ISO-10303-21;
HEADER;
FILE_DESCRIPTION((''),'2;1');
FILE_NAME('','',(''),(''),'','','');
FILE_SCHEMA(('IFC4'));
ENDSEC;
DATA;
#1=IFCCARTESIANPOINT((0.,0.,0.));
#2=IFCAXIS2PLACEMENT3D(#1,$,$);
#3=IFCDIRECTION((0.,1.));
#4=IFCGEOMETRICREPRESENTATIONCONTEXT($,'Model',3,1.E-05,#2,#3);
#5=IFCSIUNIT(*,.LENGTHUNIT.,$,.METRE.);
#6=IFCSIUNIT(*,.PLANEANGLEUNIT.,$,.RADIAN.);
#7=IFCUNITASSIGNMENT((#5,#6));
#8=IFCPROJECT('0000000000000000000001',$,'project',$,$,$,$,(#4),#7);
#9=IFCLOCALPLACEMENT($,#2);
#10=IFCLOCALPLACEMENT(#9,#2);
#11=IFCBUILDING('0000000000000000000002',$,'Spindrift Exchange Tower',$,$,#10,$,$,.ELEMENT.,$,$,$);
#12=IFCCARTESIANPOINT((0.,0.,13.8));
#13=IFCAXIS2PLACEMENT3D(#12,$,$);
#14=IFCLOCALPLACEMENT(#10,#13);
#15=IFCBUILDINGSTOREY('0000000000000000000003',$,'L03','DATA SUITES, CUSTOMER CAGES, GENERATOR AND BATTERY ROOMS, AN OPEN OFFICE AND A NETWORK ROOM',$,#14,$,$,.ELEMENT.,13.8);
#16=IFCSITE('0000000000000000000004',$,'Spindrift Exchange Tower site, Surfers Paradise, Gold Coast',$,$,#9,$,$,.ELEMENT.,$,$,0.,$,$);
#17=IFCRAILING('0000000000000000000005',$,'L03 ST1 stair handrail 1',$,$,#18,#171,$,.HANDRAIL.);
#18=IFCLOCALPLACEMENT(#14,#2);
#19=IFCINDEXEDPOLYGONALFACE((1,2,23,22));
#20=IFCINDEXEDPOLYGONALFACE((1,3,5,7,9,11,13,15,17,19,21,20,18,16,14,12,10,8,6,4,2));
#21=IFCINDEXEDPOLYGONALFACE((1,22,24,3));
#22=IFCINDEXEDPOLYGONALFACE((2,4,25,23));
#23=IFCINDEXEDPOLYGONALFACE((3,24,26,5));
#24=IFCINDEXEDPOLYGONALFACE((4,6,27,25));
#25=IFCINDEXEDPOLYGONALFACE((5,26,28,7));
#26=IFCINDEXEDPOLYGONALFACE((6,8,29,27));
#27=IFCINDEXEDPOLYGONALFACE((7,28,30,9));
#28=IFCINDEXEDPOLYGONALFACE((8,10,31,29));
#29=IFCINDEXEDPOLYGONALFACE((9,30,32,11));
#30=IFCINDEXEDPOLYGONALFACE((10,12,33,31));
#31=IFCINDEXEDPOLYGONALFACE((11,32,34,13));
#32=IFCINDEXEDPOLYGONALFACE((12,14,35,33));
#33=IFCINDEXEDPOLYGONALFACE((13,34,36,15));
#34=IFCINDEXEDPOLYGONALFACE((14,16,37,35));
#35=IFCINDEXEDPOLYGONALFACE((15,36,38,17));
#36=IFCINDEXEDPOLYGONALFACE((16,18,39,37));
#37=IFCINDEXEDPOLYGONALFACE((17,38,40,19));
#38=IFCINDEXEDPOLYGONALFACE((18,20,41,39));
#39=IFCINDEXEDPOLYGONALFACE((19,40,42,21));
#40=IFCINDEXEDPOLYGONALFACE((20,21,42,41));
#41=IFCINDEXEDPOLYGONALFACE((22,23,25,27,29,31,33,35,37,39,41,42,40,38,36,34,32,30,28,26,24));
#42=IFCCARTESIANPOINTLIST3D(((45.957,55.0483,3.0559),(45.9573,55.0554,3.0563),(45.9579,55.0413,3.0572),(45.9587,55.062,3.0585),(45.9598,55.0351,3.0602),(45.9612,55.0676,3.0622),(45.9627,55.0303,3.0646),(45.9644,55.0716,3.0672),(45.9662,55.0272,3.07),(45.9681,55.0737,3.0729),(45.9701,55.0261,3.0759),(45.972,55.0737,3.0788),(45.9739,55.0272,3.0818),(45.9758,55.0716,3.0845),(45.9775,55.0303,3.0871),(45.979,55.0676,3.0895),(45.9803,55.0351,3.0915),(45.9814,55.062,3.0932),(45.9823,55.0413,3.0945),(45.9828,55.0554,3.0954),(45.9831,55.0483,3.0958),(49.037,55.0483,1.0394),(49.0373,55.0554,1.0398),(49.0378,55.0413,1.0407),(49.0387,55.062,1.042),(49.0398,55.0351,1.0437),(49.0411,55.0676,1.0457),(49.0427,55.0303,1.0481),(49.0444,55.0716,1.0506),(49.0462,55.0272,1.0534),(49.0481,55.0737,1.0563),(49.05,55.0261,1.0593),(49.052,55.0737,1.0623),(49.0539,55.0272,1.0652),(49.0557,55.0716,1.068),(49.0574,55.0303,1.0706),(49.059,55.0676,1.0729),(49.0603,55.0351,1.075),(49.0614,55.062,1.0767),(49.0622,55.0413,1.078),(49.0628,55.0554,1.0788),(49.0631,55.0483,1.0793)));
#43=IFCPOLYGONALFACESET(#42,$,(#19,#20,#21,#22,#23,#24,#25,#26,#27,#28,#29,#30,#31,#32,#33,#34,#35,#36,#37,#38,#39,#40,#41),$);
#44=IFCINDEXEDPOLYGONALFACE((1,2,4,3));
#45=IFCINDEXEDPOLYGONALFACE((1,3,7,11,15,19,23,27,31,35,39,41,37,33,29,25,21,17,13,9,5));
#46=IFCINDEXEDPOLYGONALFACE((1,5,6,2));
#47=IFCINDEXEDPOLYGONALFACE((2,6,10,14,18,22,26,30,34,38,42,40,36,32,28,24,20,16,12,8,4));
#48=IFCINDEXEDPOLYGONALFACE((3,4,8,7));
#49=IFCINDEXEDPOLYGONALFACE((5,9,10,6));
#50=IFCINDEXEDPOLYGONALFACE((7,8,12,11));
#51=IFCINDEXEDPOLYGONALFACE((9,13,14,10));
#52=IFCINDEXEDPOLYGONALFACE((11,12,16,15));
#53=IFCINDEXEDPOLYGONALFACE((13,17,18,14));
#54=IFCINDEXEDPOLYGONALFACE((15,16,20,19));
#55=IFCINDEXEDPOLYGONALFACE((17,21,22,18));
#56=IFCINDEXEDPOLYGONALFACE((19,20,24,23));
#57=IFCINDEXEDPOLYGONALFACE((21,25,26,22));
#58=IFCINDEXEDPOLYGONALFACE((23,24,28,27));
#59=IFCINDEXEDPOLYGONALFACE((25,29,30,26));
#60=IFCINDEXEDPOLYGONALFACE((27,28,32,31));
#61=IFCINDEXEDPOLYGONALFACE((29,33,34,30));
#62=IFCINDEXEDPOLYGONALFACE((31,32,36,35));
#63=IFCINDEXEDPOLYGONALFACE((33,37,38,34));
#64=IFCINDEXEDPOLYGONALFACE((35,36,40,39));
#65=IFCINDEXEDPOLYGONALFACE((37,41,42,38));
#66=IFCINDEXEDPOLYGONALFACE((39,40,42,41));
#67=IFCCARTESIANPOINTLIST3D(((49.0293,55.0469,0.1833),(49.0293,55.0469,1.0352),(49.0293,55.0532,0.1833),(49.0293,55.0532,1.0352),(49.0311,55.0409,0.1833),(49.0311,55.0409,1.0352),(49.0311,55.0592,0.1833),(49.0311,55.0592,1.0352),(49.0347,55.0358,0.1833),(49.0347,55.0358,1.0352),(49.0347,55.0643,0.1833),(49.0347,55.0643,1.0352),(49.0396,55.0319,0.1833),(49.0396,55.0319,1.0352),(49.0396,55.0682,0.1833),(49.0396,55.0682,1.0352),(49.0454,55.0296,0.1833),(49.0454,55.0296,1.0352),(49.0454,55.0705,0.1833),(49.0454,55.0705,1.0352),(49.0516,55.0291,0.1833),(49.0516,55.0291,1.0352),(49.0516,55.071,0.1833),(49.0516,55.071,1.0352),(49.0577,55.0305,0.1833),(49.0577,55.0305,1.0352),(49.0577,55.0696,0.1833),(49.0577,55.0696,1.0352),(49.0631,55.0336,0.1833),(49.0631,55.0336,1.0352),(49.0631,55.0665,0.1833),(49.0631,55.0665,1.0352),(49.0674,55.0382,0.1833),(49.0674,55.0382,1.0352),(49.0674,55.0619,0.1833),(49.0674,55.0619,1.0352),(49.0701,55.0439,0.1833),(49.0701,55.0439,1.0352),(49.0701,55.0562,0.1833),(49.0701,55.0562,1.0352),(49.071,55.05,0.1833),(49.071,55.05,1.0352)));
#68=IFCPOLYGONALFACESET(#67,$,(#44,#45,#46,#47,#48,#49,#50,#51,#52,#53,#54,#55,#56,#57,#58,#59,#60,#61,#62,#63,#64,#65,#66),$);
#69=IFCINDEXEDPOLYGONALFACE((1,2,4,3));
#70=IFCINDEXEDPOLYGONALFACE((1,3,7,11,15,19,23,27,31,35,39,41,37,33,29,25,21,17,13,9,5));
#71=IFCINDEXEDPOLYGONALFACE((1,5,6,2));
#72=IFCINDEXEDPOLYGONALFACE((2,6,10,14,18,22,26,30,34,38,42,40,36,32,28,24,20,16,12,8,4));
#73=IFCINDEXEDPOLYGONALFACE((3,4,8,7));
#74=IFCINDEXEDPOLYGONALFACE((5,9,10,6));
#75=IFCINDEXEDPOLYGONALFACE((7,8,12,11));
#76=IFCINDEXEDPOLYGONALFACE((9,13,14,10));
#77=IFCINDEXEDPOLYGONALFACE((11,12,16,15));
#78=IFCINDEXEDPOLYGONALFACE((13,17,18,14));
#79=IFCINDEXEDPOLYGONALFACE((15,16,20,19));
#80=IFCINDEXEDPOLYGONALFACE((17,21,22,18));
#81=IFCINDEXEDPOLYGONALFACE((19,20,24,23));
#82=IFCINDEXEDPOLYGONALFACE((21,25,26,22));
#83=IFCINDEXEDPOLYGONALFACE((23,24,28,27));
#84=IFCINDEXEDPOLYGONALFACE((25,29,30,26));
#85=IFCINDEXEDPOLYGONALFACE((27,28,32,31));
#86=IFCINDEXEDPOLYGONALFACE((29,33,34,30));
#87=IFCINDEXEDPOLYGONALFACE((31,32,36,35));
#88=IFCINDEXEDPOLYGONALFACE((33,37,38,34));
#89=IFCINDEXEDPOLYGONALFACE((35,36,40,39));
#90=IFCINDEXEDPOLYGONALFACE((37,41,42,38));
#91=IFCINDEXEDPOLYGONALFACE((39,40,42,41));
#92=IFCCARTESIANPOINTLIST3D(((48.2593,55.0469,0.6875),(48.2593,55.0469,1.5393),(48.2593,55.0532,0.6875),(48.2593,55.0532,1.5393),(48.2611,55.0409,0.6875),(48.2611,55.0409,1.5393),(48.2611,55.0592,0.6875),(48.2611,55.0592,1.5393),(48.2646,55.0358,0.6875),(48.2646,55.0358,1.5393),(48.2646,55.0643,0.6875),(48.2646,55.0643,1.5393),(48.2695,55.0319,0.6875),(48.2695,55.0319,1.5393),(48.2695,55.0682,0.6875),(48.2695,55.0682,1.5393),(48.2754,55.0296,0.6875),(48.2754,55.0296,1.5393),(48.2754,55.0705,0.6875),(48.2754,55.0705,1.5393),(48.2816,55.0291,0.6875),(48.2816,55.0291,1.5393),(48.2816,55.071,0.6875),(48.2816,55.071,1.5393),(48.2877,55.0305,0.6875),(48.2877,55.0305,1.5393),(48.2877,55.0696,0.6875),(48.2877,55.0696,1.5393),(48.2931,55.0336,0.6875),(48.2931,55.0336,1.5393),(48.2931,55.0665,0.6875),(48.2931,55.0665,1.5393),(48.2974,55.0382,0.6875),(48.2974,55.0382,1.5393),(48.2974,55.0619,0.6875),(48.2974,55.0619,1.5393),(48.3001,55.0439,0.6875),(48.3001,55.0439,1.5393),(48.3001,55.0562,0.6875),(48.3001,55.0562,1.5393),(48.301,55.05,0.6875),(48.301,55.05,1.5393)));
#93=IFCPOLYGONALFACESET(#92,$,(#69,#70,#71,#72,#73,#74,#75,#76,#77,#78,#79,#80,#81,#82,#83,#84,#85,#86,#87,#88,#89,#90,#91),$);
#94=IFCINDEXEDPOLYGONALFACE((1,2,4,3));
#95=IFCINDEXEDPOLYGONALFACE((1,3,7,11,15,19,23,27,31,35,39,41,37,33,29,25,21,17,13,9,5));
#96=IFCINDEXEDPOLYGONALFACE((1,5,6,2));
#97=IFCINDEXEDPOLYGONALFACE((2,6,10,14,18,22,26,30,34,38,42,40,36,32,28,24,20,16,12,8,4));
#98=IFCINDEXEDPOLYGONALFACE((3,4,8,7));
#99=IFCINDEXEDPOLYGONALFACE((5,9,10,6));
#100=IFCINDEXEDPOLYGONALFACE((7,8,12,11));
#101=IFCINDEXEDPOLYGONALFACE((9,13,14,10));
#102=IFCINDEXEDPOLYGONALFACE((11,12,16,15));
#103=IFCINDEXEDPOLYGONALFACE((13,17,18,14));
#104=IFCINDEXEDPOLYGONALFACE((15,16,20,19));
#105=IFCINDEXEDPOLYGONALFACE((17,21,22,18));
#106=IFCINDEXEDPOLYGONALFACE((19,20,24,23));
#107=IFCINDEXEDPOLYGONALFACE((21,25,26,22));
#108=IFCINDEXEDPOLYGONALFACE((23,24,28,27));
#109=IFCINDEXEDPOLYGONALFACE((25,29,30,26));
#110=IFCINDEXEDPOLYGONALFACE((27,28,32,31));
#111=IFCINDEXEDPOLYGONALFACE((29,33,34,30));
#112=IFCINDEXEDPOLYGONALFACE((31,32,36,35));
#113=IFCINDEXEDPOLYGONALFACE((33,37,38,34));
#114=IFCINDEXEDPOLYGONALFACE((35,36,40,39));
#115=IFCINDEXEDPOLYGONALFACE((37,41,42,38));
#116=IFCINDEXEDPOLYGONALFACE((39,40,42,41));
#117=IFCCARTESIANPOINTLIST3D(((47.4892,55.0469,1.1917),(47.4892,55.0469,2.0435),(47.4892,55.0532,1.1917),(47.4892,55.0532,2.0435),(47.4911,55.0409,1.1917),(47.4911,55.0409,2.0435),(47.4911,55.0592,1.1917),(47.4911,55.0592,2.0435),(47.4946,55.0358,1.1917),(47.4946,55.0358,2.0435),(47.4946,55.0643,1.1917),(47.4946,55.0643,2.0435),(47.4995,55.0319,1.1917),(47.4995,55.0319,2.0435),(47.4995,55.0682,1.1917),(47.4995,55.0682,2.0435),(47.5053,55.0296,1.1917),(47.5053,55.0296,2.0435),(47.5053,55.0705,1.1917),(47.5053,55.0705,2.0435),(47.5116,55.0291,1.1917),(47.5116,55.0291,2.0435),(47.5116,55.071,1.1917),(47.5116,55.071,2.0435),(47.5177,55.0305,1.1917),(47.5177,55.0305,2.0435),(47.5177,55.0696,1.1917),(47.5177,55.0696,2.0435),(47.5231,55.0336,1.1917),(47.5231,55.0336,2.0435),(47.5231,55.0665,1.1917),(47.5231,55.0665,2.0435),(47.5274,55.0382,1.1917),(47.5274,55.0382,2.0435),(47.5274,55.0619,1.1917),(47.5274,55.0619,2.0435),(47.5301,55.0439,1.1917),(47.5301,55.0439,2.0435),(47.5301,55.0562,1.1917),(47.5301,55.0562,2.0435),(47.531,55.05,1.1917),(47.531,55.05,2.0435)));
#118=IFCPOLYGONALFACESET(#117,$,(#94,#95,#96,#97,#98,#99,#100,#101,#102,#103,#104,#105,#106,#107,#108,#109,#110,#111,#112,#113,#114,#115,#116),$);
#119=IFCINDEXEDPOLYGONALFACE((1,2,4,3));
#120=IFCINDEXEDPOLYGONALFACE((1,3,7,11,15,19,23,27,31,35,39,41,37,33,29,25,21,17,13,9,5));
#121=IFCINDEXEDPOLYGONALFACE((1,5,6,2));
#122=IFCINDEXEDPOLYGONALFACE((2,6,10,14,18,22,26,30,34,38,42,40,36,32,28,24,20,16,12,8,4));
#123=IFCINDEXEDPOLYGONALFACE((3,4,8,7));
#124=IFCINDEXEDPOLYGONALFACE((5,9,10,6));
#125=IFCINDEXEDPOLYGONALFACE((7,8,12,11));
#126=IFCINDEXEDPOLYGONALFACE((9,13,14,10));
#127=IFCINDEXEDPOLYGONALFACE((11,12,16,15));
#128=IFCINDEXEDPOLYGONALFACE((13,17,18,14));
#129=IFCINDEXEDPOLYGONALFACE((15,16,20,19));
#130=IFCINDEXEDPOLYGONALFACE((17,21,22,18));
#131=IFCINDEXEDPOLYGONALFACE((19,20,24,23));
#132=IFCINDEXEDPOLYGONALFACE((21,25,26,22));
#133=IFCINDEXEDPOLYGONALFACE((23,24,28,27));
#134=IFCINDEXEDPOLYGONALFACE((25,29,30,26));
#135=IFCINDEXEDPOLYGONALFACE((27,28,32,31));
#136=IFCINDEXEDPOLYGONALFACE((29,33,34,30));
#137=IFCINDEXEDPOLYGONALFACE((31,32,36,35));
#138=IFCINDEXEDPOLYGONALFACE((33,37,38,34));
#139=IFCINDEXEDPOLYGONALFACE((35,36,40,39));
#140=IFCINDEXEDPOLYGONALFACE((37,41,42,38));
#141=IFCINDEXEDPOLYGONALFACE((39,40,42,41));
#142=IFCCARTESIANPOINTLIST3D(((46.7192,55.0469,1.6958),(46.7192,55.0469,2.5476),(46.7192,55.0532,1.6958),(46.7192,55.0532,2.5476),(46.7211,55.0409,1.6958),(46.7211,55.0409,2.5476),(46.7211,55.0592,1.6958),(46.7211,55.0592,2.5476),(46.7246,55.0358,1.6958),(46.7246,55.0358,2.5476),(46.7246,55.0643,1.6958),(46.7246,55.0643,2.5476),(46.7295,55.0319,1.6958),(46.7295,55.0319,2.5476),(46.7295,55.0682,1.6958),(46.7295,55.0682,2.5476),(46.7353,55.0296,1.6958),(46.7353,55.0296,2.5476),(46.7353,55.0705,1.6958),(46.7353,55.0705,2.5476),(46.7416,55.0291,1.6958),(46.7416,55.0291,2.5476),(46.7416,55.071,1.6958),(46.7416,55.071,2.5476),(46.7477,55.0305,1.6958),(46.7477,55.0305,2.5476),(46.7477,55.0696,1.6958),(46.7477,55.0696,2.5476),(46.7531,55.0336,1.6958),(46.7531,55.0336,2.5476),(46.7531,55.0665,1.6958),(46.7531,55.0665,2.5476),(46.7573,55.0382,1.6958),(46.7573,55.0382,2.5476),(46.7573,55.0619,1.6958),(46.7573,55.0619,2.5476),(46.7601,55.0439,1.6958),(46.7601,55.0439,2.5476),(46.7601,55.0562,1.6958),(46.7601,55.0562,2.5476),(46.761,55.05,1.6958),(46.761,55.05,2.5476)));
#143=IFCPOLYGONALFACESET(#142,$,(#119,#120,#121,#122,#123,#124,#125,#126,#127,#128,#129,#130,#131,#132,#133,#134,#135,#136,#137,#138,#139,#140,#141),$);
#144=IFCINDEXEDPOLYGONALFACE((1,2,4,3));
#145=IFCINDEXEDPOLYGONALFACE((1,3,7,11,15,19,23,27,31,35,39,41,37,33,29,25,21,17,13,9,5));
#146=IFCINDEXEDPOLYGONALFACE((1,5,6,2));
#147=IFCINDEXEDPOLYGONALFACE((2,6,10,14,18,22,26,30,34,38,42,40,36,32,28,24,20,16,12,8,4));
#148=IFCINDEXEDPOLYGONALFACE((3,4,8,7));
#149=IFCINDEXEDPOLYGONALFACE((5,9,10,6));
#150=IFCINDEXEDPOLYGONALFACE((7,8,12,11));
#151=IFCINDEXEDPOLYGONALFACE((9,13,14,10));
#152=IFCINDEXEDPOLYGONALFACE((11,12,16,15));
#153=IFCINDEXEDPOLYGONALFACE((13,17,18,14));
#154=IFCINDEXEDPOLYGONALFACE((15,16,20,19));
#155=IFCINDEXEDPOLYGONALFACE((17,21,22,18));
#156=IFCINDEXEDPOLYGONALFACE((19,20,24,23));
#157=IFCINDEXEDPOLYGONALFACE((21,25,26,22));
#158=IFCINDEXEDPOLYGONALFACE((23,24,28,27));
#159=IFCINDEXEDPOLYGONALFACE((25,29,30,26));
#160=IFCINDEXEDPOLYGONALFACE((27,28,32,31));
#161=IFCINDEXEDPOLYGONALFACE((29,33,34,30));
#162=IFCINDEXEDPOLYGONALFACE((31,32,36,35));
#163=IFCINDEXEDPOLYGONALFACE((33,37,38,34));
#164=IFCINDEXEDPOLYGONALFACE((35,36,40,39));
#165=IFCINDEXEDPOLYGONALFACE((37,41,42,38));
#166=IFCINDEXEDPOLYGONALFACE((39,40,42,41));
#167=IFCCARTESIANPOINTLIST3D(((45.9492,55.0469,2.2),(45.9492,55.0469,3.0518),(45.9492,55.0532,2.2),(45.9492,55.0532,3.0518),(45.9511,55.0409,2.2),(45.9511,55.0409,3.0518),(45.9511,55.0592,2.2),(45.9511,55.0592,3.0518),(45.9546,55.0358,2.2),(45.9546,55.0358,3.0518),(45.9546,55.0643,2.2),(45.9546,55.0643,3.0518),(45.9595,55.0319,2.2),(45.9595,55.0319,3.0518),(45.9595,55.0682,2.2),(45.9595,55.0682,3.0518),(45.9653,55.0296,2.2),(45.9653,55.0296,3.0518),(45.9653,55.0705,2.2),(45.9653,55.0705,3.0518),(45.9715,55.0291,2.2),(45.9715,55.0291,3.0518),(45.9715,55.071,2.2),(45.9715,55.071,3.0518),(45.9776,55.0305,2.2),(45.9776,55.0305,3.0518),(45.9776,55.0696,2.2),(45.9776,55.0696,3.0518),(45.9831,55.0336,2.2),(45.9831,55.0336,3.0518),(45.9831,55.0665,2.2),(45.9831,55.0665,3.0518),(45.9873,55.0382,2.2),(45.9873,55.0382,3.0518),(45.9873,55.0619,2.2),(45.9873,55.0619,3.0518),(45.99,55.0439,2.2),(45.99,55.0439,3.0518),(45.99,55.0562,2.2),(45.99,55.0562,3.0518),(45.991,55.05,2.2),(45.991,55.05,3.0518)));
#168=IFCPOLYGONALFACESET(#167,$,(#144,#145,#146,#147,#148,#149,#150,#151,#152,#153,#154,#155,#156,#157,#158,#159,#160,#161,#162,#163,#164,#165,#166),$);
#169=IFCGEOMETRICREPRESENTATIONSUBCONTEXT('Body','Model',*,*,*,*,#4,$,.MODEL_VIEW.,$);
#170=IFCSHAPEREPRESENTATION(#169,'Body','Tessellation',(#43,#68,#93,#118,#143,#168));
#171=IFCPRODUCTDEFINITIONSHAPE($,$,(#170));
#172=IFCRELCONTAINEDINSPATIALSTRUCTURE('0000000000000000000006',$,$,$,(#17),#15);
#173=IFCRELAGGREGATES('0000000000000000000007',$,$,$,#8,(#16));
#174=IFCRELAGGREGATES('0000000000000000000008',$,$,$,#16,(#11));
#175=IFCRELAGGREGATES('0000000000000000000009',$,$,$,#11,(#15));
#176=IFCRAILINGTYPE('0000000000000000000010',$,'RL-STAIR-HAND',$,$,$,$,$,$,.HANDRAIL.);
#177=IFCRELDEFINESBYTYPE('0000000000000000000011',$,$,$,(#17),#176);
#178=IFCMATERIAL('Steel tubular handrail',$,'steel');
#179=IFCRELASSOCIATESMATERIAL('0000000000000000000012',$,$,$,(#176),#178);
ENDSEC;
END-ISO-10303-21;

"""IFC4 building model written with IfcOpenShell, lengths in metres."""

from ifc_helpers import new_model, si_unit, direction, frame, origin, origin_2d, place, context, subcontext, project, spatial, circle, extrude, material, type_object, element, save


model = new_model("IFC4")

# Units and contexts
model_context = context("Model", 3, precision=1e-05, world=origin(), true_north=direction((0.0, 1.0)))
body_context = subcontext(model_context, "Body", "Model", "MODEL_VIEW")
ifc_project = project(units=[si_unit("LENGTHUNIT", "METRE"), si_unit("PLANEANGLEUNIT", "RADIAN")], contexts=[model_context])

# Site, building, storey
site_placement = place(None, origin())
site = spatial("IfcSite", under=ifc_project, at=site_placement, Name="Spindrift Exchange Tower site, Surfers Paradise, Gold Coast", CompositionType="ELEMENT", RefElevation=0.0)
building_placement = place(site_placement, origin())
building = spatial("IfcBuilding", under=site, at=building_placement, Name="Spindrift Exchange Tower", CompositionType="ELEMENT")
storey_placement = place(building_placement, frame((0.0, 0.0, 13.8)))
storey = spatial("IfcBuildingStorey", under=building, at=storey_placement, Name="L03", Description="DATA SUITES, CUSTOMER CAGES, GENERATOR AND BATTERY ROOMS, AN OPEN OFFICE AND A NETWORK ROOM", CompositionType="ELEMENT", Elevation=13.8)

# Railing
ifc_material_1 = material(Name="Steel tubular handrail", Category="steel")
railing_type_1 = type_object("IfcRailingType", Name="RL-STAIR-HAND", PredefinedType="HANDRAIL", material=ifc_material_1)
railing_1_placement = place(storey_placement, frame((49.05, 55.05, 0.1833)))
element("IfcRailing", 1, at=railing_1_placement, inside=storey, type_object=railing_type_1, Name="L03 ST1 stair handrail 1", PredefinedType="HANDRAIL", context=body_context, shape_type="SweptSolid", body=[
    extrude(circle(Radius=0.0239, at=origin_2d()), frame((0.0, 0.0, 0.876), z_axis=(-0.836633, 0.0, 0.547764), x_axis=(0.0, -1.0, 0.0)), (0.0, 0.0, 1.0), 3.6814),
    extrude(circle(Radius=0.021, at=origin_2d()), origin(), (0.0, 0.0, 1.0), 0.8518),
    extrude(circle(Radius=0.021, at=origin_2d()), frame((-0.77, 0.0, 0.5042)), (0.0, 0.0, 1.0), 0.8518),
    extrude(circle(Radius=0.021, at=origin_2d()), frame((-1.54, 0.0, 1.0083)), (0.0, 0.0, 1.0), 0.8518),
    extrude(circle(Radius=0.021, at=origin_2d()), frame((-2.3101, 0.0, 1.5125)), (0.0, 0.0, 1.0), 0.8518),
    extrude(circle(Radius=0.021, at=origin_2d()), frame((-3.0801, 0.0, 2.0166)), (0.0, 0.0, 1.0), 0.8518),
])

save(model, "model.ifc")
